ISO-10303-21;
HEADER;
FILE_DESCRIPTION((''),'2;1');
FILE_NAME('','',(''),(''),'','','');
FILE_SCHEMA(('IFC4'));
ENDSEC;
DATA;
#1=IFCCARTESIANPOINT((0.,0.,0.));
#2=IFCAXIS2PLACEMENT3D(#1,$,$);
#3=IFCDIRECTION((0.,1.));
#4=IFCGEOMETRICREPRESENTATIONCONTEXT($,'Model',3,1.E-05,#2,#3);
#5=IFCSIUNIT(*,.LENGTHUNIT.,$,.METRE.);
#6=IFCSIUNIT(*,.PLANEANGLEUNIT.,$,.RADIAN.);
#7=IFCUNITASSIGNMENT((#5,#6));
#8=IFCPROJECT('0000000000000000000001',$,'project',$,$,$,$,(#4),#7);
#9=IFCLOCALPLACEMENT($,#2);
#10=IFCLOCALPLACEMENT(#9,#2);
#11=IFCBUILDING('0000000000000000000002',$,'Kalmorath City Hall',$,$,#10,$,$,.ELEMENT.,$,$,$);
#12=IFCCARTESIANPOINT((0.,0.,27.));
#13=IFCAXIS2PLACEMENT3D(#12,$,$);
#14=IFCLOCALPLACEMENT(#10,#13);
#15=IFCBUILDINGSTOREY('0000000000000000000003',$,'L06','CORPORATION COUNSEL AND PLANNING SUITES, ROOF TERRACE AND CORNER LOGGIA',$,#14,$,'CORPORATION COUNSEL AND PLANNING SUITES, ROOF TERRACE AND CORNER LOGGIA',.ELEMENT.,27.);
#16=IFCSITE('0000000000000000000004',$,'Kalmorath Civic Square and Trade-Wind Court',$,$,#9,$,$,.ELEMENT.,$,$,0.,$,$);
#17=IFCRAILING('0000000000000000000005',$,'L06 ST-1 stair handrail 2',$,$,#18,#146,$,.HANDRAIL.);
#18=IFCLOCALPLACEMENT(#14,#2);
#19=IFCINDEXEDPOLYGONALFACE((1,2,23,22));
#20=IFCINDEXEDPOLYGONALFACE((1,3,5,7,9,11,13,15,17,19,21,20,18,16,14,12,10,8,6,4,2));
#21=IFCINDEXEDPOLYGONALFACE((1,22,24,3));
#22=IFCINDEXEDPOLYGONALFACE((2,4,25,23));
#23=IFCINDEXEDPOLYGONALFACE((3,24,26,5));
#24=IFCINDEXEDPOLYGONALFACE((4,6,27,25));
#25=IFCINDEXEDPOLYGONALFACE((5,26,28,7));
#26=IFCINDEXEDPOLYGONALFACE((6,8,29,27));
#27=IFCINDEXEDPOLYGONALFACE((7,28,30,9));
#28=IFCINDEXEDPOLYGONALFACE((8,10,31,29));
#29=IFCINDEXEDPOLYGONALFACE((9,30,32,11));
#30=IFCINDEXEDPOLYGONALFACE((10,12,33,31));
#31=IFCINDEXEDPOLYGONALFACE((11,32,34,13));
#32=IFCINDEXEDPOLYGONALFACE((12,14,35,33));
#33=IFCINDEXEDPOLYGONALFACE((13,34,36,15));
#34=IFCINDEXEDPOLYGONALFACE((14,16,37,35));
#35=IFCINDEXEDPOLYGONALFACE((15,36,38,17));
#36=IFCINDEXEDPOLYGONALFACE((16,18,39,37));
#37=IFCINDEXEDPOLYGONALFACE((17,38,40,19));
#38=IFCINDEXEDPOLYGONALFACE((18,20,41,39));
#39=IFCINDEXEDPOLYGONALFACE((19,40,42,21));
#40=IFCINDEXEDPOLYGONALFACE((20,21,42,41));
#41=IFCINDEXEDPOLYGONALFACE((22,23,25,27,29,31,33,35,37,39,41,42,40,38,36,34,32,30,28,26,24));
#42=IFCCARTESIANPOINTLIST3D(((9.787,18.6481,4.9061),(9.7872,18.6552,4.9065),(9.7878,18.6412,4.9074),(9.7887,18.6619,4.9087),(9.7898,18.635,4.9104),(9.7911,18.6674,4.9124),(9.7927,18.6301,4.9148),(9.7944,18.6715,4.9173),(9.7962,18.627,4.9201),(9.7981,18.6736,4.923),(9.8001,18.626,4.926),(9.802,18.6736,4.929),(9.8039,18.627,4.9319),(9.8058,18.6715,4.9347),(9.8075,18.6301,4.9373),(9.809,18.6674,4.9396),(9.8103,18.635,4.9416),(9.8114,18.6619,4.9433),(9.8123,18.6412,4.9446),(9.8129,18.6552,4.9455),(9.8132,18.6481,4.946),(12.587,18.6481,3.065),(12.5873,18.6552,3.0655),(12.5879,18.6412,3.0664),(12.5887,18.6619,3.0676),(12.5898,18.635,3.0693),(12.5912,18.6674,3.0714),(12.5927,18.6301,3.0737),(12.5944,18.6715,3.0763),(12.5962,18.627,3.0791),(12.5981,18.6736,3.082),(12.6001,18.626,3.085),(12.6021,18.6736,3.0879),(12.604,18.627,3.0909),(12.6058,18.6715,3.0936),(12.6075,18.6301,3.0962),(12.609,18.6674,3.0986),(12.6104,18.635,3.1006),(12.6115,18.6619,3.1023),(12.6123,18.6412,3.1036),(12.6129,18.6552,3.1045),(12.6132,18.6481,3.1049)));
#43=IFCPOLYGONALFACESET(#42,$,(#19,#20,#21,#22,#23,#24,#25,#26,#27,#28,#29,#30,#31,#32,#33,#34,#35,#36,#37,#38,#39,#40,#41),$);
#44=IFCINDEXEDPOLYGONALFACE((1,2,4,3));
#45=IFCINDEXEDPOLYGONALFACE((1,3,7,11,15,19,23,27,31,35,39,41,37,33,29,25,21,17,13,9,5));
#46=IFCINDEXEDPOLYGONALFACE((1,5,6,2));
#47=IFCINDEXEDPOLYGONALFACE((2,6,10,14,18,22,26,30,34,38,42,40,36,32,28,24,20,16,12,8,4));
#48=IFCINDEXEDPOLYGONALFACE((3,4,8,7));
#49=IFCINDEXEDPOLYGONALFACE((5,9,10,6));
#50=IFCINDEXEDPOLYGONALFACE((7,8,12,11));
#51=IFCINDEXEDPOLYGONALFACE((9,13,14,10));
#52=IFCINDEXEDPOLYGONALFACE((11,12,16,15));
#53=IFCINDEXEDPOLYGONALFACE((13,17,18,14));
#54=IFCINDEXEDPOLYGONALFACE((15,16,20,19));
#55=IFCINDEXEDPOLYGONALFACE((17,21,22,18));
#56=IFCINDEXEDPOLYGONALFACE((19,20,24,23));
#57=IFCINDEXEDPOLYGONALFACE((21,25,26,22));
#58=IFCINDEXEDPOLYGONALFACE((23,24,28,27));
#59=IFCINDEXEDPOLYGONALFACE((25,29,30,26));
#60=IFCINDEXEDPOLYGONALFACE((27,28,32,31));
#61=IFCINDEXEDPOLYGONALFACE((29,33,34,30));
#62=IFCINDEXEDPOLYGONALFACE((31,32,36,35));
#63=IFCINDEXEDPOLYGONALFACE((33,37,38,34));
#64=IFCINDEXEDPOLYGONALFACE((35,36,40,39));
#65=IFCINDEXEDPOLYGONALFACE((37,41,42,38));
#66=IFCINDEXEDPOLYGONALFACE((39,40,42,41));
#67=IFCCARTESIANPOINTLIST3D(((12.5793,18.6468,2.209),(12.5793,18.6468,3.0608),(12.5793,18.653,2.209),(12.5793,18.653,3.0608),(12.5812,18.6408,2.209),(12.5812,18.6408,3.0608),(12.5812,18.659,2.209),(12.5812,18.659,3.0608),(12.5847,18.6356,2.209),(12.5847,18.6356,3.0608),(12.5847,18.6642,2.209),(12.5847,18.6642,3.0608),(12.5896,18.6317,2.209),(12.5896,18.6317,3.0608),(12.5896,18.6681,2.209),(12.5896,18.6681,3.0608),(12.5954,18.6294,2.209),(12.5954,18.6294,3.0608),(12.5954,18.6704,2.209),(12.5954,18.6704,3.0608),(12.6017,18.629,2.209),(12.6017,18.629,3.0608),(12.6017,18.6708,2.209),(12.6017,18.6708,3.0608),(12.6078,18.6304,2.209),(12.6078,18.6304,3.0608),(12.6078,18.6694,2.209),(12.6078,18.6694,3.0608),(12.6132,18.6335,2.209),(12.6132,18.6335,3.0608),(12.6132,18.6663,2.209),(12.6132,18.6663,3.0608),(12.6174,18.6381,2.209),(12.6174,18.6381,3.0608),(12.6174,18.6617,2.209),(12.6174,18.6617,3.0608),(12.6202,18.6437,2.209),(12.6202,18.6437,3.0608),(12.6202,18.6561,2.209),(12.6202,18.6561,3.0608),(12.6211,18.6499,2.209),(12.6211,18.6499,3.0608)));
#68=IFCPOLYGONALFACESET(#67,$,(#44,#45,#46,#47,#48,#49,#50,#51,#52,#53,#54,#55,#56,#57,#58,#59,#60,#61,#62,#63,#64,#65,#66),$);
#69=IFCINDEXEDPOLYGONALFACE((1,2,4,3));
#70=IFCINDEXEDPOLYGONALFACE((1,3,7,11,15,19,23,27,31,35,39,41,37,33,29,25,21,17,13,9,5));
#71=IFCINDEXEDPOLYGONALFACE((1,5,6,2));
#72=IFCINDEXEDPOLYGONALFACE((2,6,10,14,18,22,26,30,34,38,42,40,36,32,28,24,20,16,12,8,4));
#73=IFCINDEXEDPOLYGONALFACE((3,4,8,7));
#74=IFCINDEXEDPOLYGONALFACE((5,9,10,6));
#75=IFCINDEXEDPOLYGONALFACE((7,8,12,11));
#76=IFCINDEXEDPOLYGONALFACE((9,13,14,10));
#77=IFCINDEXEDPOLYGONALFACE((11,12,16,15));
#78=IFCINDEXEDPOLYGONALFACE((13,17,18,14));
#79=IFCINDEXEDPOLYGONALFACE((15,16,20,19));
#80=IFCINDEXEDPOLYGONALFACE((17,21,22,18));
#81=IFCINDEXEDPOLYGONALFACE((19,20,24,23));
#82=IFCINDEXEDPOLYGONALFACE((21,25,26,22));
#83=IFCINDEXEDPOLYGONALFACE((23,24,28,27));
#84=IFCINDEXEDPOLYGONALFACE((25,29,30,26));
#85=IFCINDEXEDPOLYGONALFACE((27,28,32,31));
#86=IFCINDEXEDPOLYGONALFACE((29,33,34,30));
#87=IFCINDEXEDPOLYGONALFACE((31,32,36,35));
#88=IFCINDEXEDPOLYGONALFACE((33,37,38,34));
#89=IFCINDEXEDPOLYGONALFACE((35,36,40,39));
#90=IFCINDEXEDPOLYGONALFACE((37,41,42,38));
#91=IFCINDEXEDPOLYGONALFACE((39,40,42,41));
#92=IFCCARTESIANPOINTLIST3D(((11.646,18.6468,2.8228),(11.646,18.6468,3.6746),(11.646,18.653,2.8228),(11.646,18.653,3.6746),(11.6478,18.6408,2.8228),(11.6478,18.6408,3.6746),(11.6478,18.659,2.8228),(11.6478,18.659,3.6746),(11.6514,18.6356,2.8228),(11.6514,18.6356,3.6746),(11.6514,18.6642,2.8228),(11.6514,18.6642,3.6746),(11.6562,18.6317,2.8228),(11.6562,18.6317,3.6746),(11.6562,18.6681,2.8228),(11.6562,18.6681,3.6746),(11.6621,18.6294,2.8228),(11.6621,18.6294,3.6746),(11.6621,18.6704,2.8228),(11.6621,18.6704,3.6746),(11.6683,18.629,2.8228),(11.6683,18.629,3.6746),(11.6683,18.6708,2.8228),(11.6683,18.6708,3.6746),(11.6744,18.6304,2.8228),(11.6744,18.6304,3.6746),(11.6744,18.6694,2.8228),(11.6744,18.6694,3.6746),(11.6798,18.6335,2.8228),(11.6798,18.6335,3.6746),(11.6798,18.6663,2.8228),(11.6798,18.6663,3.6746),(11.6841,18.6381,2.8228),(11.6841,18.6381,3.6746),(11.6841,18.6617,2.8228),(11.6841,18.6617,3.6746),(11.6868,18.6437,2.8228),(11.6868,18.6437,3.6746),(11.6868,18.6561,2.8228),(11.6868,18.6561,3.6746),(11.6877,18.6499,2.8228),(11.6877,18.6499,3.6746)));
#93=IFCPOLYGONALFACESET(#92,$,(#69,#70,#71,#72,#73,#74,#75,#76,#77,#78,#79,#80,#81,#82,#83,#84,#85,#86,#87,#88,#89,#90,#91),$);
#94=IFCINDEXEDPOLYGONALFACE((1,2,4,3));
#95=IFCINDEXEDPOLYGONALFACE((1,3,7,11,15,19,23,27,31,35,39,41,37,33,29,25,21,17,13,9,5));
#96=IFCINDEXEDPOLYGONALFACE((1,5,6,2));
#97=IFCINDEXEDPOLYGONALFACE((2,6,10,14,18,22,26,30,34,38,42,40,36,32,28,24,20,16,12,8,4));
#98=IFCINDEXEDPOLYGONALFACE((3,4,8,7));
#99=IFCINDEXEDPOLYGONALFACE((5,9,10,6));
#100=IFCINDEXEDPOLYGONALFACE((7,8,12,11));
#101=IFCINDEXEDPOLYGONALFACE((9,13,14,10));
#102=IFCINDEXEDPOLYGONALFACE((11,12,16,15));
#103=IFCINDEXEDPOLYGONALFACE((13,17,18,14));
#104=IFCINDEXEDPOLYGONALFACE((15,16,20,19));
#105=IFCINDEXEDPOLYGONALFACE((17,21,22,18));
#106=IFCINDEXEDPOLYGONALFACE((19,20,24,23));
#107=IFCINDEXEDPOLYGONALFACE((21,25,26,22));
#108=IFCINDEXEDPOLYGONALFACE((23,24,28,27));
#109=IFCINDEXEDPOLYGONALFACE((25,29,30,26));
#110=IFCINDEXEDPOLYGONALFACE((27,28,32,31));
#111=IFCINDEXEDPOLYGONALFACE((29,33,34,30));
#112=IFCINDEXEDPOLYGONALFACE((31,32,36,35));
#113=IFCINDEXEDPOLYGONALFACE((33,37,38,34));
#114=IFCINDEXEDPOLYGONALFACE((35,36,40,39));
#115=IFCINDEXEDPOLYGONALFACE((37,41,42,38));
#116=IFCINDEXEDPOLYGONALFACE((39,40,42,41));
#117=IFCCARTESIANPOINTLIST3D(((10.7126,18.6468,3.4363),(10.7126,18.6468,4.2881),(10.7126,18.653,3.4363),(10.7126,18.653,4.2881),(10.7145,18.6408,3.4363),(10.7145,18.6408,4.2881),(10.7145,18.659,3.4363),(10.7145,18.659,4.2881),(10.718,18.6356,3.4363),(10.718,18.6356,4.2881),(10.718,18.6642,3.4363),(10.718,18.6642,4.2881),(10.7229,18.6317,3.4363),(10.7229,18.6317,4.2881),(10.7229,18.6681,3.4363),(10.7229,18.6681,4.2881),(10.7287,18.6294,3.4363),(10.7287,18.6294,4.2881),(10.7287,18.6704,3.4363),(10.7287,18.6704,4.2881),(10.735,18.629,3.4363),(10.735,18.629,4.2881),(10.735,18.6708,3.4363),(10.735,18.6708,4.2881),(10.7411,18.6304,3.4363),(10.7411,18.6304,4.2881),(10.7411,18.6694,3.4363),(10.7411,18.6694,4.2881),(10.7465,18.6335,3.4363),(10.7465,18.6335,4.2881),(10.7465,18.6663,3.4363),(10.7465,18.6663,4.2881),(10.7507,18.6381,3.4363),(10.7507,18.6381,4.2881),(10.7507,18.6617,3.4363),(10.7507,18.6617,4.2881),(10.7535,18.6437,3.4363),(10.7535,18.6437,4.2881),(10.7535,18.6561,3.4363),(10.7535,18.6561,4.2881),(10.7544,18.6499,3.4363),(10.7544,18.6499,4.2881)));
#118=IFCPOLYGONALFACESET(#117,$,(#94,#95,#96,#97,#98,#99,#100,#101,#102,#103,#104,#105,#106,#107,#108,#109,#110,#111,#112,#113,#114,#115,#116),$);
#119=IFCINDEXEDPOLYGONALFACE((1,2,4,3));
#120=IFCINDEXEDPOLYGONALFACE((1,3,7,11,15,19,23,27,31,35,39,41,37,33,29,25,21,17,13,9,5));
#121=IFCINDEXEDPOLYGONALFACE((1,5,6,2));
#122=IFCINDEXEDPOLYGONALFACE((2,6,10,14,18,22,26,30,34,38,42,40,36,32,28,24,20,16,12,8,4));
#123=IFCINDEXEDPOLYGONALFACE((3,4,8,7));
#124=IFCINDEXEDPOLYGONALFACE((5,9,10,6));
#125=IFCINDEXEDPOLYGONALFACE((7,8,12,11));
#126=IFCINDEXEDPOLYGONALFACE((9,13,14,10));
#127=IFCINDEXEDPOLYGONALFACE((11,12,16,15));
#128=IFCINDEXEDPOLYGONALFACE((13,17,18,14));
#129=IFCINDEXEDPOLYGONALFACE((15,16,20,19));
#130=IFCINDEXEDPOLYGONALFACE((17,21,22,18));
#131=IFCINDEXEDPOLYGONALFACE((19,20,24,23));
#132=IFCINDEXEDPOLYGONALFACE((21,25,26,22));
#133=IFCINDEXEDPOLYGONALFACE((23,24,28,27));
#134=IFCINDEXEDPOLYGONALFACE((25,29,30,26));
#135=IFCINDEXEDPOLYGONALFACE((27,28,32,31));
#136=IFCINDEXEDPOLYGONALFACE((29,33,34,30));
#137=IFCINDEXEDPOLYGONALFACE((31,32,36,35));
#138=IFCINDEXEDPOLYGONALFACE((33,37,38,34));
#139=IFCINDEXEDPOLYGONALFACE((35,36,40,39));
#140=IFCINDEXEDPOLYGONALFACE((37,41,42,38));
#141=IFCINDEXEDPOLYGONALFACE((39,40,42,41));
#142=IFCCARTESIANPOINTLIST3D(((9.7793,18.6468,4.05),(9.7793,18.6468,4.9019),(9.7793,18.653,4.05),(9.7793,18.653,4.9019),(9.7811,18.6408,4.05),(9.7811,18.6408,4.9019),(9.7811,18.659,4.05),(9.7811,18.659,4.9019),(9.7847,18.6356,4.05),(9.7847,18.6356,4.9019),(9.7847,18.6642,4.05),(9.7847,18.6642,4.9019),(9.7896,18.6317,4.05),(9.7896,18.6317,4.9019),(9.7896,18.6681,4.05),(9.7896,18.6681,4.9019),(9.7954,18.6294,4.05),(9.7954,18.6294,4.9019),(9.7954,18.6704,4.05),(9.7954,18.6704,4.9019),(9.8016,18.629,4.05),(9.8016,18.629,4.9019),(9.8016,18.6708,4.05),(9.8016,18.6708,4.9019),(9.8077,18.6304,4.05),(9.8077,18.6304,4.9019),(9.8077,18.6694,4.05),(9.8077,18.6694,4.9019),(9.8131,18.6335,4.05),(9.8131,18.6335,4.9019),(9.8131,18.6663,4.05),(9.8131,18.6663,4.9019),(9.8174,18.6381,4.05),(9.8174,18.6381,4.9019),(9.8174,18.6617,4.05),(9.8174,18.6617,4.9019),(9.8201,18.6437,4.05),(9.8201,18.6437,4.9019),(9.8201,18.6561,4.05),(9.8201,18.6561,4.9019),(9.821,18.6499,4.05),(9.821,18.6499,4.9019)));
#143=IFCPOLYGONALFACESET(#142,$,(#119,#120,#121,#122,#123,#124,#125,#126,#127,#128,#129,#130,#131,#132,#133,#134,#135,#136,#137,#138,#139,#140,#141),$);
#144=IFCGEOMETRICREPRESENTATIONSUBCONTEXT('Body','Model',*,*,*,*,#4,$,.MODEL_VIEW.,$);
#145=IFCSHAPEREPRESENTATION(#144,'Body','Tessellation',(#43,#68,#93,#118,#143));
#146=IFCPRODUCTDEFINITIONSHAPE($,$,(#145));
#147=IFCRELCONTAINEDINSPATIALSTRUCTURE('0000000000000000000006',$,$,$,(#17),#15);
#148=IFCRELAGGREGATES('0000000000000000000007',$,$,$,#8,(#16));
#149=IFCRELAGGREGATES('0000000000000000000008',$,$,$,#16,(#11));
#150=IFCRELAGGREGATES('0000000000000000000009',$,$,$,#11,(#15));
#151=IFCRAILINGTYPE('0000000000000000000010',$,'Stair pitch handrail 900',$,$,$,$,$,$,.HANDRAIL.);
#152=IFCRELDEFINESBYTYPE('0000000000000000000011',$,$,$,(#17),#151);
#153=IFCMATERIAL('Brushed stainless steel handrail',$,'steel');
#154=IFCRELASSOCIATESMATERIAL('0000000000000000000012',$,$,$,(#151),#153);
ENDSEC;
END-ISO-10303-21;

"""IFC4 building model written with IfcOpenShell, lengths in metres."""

from ifc_helpers import new_model, si_unit, direction, frame, origin, origin_2d, place, context, subcontext, project, spatial, circle, extrude, material, type_object, element, save


model = new_model("IFC4")

# Units and contexts
model_context = context("Model", 3, precision=1e-05, world=origin(), true_north=direction((0.0, 1.0)))
body_context = subcontext(model_context, "Body", "Model", "MODEL_VIEW")
ifc_project = project(units=[si_unit("LENGTHUNIT", "METRE"), si_unit("PLANEANGLEUNIT", "RADIAN")], contexts=[model_context])

# Site, building, storey
site_placement = place(None, origin())
site = spatial("IfcSite", under=ifc_project, at=site_placement, Name="Kalmorath Civic Square and Trade-Wind Court", CompositionType="ELEMENT", RefElevation=0.0)
building_placement = place(site_placement, origin())
building = spatial("IfcBuilding", under=site, at=building_placement, Name="Kalmorath City Hall", CompositionType="ELEMENT")
storey_placement = place(building_placement, frame((0.0, 0.0, 27.0)))
storey = spatial("IfcBuildingStorey", under=building, at=storey_placement, Name="L06", Description="CORPORATION COUNSEL AND PLANNING SUITES, ROOF TERRACE AND CORNER LOGGIA", LongName="CORPORATION COUNSEL AND PLANNING SUITES, ROOF TERRACE AND CORNER LOGGIA", CompositionType="ELEMENT", Elevation=27.0)

# Railing
ifc_material_1 = material(Name="Brushed stainless steel handrail", Category="steel")
railing_type_1 = type_object("IfcRailingType", Name="Stair pitch handrail 900", PredefinedType="HANDRAIL", material=ifc_material_1)
railing_1_placement = place(storey_placement, frame((12.6001, 18.6499, 2.209)))
element("IfcRailing", 1, at=railing_1_placement, inside=storey, type_object=railing_type_1, Name="L06 ST-1 stair handrail 2", PredefinedType="HANDRAIL", context=body_context, shape_type="SweptSolid", body=[
    extrude(circle(Radius=0.0239, at=origin_2d()), frame((0.0, 0.0, 0.876), z_axis=(-0.835564, 0.0, 0.549393), x_axis=(0.0, -1.0, 0.0)), (0.0, 0.0, 1.0), 3.3511),
    extrude(circle(Radius=0.021, at=origin_2d()), origin(), (0.0, 0.0, 1.0), 0.8518),
    extrude(circle(Radius=0.021, at=origin_2d()), frame((-0.9333, 0.0, 0.6138)), (0.0, 0.0, 1.0), 0.8518),
    extrude(circle(Radius=0.021, at=origin_2d()), frame((-1.8667, 0.0, 1.2273)), (0.0, 0.0, 1.0), 0.8518),
    extrude(circle(Radius=0.021, at=origin_2d()), frame((-2.8, 0.0, 1.8411)), (0.0, 0.0, 1.0), 0.8518),
])

save(model, "model.ifc")
